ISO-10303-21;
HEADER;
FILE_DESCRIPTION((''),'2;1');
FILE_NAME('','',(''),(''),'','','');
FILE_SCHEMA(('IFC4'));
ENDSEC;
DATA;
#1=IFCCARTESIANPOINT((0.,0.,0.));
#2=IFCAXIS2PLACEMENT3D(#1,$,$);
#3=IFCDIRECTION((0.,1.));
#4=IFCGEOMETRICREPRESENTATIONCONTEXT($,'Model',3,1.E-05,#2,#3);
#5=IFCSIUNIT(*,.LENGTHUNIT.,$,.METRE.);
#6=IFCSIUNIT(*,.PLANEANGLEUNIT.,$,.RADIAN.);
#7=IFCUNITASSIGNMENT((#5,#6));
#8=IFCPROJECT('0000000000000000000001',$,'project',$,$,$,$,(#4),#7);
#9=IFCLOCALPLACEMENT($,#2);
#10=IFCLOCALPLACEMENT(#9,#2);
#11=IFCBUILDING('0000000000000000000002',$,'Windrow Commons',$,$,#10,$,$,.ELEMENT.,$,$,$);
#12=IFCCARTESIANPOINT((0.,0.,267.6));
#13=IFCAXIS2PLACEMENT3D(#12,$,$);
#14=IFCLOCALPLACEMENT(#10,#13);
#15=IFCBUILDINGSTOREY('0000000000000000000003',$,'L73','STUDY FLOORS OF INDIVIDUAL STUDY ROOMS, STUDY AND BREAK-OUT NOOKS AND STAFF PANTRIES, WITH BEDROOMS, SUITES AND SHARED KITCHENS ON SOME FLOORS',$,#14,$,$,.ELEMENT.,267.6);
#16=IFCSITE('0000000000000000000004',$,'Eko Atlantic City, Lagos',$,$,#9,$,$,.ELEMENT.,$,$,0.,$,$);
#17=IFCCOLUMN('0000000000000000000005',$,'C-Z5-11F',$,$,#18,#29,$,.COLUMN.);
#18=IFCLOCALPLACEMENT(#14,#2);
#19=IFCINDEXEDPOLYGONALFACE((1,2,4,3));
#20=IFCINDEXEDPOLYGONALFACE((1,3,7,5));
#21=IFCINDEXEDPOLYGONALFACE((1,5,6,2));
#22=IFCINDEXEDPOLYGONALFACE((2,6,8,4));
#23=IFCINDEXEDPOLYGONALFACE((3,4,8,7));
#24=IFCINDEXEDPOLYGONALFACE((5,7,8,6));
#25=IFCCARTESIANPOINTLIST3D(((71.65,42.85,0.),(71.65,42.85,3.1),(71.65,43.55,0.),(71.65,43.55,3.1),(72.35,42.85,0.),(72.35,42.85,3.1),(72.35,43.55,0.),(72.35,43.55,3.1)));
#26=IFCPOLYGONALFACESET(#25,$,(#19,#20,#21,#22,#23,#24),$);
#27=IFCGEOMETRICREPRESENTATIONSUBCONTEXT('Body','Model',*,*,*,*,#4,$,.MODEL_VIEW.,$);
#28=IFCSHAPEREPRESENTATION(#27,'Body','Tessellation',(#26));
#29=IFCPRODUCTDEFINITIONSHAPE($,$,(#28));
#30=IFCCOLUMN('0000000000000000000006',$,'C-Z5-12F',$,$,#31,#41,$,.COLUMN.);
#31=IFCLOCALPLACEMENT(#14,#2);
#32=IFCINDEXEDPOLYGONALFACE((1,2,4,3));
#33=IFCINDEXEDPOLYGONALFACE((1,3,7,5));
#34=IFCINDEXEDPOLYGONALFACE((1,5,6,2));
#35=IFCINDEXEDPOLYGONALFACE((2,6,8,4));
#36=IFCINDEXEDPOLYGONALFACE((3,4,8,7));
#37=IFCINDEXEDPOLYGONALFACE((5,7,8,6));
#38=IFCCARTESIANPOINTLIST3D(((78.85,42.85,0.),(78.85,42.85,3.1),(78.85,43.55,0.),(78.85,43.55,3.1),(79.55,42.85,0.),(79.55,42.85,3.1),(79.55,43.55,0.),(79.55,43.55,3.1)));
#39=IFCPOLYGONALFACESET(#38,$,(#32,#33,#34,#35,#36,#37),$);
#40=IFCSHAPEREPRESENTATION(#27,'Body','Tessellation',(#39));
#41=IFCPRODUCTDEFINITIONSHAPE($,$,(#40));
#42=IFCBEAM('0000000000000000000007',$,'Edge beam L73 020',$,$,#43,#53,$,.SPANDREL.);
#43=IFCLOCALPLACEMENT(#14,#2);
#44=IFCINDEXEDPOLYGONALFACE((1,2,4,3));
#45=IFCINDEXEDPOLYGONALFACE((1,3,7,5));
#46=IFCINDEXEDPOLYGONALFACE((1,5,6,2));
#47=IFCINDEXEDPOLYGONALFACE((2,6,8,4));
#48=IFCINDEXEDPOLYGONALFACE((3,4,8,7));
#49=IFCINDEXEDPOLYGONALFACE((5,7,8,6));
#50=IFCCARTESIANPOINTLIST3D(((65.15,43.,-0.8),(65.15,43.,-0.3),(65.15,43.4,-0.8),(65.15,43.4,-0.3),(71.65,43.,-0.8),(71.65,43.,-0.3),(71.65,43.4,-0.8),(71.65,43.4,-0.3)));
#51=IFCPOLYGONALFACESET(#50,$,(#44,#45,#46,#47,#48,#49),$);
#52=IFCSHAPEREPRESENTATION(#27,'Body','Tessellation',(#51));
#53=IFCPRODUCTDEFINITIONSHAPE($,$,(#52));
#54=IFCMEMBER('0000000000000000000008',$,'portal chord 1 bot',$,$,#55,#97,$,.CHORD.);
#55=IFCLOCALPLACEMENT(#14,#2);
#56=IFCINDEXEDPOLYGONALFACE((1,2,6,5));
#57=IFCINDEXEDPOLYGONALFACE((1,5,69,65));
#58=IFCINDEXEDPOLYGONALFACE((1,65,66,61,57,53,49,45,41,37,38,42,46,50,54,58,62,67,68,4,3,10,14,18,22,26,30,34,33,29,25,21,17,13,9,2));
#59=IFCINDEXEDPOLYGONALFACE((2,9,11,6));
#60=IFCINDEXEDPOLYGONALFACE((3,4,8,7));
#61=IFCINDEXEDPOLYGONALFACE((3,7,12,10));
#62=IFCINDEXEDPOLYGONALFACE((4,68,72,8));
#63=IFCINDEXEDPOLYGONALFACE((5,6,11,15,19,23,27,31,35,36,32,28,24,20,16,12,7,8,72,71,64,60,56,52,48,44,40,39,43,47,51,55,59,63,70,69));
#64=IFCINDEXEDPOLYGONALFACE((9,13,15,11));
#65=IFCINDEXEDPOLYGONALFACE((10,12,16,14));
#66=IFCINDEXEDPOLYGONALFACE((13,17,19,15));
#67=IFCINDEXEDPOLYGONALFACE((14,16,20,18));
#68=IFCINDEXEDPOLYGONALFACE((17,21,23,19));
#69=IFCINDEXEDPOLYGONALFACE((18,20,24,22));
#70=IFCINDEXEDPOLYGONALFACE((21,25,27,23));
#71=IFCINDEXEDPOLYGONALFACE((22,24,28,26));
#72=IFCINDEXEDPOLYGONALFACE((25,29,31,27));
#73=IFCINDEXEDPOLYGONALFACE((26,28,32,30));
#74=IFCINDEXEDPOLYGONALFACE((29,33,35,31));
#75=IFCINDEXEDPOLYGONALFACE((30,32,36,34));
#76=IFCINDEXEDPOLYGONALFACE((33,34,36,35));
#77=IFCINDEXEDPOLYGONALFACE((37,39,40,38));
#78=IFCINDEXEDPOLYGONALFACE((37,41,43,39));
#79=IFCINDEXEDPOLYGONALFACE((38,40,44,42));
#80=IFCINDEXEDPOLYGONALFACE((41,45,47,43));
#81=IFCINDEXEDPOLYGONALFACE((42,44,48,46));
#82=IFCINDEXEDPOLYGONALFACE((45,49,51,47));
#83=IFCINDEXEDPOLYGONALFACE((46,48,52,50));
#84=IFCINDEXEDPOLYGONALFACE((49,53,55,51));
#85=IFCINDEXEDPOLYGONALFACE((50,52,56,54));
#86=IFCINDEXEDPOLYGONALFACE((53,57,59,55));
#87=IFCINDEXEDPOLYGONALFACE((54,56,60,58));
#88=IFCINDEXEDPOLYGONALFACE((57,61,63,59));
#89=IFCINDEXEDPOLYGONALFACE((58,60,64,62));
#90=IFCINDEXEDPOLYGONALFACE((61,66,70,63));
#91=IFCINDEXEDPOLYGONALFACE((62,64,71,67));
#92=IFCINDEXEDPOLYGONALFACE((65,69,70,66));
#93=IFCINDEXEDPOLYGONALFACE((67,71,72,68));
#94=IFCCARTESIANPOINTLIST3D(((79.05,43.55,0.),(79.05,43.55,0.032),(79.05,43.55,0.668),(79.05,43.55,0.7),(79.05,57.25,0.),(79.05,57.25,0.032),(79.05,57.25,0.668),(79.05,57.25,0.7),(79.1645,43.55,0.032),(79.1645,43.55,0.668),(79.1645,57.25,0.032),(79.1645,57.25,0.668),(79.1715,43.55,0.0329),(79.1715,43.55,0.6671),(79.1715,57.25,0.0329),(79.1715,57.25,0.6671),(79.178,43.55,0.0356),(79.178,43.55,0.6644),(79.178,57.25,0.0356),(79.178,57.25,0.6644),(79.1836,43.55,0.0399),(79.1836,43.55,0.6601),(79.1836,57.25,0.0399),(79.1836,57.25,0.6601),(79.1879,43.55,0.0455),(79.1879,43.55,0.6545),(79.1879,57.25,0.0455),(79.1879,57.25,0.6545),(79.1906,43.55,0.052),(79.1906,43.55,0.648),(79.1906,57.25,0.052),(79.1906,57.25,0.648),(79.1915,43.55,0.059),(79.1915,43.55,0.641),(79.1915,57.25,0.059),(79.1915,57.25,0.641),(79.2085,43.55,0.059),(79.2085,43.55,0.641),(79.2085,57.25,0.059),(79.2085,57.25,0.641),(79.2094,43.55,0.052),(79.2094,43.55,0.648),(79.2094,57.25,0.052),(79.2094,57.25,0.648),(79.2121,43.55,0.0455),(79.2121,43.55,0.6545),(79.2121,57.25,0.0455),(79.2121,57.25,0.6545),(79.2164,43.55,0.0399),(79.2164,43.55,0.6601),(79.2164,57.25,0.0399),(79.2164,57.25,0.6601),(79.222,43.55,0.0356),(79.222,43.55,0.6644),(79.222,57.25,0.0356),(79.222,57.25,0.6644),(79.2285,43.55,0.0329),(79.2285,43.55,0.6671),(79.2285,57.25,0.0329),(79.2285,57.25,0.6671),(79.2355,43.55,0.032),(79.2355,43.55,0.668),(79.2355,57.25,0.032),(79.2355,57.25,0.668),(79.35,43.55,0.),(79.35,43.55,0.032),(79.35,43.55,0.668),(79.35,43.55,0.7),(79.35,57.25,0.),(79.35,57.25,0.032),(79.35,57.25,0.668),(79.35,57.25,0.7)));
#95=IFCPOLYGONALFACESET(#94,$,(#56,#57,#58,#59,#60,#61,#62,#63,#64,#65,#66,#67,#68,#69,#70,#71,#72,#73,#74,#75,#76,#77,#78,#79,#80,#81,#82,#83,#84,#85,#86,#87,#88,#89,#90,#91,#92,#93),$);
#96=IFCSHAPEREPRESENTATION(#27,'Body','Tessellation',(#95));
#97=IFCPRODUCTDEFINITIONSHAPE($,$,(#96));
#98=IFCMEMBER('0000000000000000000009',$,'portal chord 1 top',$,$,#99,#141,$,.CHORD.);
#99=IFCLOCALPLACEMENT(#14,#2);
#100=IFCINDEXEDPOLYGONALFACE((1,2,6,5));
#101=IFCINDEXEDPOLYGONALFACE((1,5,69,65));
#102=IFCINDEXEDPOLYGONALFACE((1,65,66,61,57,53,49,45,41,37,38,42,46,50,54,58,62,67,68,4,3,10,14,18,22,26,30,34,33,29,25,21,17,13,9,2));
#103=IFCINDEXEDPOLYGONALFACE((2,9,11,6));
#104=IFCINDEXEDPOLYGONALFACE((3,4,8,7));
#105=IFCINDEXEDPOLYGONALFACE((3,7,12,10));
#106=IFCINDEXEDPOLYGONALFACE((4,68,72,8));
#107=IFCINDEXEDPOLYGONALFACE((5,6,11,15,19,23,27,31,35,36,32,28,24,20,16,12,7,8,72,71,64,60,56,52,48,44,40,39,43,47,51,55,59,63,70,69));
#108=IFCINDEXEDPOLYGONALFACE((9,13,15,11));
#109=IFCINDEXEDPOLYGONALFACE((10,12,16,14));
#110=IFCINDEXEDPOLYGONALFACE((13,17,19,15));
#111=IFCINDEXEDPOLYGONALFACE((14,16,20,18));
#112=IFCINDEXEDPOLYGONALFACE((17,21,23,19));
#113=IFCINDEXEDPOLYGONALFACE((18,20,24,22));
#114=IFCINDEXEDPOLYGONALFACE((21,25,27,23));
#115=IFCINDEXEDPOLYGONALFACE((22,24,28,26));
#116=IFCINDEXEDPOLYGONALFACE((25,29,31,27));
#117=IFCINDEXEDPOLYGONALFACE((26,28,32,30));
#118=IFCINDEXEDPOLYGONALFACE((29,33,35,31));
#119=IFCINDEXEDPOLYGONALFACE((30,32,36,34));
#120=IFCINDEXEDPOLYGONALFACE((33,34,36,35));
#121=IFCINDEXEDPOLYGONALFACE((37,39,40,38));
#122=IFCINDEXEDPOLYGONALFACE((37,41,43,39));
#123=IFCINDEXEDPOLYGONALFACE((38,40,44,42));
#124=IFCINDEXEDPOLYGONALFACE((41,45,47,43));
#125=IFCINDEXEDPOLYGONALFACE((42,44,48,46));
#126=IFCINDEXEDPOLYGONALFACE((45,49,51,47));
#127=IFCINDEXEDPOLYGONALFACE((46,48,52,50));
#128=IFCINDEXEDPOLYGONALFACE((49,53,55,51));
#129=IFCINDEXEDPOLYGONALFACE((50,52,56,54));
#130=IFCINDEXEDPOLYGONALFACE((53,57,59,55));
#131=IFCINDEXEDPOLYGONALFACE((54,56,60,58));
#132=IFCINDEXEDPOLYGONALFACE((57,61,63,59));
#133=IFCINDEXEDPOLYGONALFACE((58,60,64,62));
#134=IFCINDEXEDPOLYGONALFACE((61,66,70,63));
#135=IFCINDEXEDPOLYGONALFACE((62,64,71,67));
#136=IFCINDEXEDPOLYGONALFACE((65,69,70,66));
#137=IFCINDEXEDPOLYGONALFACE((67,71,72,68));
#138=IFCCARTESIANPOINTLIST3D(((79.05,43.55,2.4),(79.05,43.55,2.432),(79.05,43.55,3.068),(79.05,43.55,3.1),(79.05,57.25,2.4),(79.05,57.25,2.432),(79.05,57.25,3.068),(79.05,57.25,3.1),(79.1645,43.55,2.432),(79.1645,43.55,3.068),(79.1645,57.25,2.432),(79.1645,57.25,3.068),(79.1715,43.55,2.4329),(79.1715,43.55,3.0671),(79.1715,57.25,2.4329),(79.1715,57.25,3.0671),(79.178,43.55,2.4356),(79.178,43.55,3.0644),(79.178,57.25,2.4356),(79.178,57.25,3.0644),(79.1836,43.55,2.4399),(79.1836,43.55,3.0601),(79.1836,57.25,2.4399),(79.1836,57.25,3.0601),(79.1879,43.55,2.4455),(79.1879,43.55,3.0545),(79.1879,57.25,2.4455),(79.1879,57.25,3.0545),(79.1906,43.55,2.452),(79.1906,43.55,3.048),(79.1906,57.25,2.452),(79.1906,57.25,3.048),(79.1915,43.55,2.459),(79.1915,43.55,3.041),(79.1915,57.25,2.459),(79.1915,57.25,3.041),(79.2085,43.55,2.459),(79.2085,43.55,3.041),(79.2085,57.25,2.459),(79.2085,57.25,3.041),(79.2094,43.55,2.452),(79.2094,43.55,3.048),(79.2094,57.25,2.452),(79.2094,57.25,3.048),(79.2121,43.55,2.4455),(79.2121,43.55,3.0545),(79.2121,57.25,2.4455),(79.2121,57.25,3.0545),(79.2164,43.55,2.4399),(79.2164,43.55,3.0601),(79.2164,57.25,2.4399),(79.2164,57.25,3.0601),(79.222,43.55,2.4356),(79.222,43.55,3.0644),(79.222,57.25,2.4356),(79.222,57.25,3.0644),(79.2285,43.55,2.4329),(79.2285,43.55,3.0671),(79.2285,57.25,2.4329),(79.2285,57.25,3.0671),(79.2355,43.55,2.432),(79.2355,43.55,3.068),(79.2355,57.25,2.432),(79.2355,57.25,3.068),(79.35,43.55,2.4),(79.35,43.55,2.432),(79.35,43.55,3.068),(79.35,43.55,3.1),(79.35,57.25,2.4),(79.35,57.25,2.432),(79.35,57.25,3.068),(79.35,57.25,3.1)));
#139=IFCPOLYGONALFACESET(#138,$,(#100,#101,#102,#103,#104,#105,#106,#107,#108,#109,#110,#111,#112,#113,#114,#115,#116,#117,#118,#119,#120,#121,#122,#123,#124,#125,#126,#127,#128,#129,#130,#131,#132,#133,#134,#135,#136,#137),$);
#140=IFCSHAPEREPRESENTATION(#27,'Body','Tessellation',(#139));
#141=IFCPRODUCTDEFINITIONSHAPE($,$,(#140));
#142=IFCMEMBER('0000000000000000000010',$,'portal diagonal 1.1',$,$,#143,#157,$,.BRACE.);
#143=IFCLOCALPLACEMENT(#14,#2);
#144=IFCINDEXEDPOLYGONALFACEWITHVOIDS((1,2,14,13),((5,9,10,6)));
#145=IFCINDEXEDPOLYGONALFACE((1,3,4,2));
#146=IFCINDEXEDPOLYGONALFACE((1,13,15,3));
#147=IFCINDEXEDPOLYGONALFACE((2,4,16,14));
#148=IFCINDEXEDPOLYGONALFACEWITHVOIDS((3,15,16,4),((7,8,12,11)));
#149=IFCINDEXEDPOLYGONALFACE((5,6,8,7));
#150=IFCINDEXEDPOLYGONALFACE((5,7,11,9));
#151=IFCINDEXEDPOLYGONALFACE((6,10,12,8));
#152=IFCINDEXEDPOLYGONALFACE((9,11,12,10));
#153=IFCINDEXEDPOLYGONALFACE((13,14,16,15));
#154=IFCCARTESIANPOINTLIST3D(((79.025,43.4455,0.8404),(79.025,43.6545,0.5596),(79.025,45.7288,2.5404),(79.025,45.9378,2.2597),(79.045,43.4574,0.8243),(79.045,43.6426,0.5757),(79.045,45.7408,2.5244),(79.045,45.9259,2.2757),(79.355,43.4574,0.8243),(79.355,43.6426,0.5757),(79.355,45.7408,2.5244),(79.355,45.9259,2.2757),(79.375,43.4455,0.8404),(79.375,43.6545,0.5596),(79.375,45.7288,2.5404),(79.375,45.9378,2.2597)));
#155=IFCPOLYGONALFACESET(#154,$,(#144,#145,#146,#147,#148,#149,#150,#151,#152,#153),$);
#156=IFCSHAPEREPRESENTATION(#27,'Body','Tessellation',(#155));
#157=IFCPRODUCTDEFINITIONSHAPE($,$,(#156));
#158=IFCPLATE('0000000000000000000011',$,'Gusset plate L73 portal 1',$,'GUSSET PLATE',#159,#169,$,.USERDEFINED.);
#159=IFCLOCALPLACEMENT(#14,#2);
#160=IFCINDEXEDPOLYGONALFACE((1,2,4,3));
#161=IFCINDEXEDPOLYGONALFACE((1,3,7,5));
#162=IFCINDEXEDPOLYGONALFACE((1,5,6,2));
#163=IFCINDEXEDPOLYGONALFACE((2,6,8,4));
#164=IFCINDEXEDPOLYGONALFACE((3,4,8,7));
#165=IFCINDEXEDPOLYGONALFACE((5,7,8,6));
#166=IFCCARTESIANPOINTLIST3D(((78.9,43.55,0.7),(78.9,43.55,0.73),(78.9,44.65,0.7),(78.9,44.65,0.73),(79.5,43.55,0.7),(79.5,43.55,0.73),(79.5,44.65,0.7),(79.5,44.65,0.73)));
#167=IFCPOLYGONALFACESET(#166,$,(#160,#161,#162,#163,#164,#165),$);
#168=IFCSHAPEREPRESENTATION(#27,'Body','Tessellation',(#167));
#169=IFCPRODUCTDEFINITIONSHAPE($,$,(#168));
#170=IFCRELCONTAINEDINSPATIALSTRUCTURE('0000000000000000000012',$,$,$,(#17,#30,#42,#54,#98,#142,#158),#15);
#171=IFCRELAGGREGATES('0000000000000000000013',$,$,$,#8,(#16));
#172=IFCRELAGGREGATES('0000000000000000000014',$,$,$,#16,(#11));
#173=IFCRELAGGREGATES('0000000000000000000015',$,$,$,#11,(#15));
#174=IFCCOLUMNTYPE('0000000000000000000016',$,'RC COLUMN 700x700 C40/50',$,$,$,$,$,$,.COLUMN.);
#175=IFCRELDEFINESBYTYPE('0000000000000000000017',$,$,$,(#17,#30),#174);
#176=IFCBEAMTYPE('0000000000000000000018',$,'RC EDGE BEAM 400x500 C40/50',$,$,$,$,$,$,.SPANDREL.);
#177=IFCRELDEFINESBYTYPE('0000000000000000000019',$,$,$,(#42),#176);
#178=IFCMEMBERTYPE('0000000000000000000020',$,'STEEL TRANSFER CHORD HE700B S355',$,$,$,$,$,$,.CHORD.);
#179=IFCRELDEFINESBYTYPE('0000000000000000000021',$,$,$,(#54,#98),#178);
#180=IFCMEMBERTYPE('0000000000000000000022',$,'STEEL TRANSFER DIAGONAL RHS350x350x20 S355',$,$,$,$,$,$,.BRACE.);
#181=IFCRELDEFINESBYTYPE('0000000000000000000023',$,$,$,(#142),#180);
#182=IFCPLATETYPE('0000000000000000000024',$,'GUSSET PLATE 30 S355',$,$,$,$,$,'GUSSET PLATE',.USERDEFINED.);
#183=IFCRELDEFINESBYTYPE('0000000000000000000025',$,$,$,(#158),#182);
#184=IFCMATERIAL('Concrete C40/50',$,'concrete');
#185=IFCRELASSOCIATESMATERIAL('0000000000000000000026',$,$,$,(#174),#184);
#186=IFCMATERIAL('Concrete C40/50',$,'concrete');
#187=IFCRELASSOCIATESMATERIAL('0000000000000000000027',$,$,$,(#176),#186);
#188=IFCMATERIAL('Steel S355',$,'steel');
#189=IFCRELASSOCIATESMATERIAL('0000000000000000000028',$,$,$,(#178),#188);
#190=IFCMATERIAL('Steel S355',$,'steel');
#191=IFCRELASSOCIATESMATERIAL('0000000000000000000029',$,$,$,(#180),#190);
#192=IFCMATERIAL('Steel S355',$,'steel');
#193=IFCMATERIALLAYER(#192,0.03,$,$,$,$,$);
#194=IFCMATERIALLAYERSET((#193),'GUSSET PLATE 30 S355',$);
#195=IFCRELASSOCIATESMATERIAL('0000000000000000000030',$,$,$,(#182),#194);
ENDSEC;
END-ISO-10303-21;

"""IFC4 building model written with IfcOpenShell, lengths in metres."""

from ifc_helpers import new_model, si_unit, direction, frame, origin, origin_2d, place, context, subcontext, project, spatial, rectangle, hollow_rectangle, i_section, extrude, material, layer, layer_set, material_profile, profile_set, type_object, element, save


model = new_model("IFC4")

# Units and contexts
model_context = context("Model", 3, precision=1e-05, world=origin(), true_north=direction((0.0, 1.0)))
body_context = subcontext(model_context, "Body", "Model", "MODEL_VIEW")
ifc_project = project(units=[si_unit("LENGTHUNIT", "METRE"), si_unit("PLANEANGLEUNIT", "RADIAN")], contexts=[model_context])

# Site, building, storey
site_placement = place(None, origin())
site = spatial("IfcSite", under=ifc_project, at=site_placement, Name="Eko Atlantic City, Lagos", CompositionType="ELEMENT", RefElevation=0.0)
building_placement = place(site_placement, origin())
building = spatial("IfcBuilding", under=site, at=building_placement, Name="Windrow Commons", CompositionType="ELEMENT")
storey_placement = place(building_placement, frame((0.0, 0.0, 267.6)))
storey = spatial("IfcBuildingStorey", under=building, at=storey_placement, Name="L73", Description="STUDY FLOORS OF INDIVIDUAL STUDY ROOMS, STUDY AND BREAK-OUT NOOKS AND STAFF PANTRIES, WITH BEDROOMS, SUITES AND SHARED KITCHENS ON SOME FLOORS", CompositionType="ELEMENT", Elevation=267.6)

# Columns
ifc_material_1 = material(Name="Concrete C40/50", Category="concrete")
ifc_material_profile_1 = material_profile(ifc_material_1, rectangle(XDim=0.7, YDim=0.7, at=origin_2d()))
ifc_profile_set_1 = profile_set([ifc_material_profile_1], Name="Concrete C40/50")
column_type = type_object("IfcColumnType", Name="RC COLUMN 700x700 C40/50", PredefinedType="COLUMN", material=ifc_profile_set_1)
for number, where, z_axis, x_axis, name in (
    (1, (72.0, 43.2, 0.0), (0.0, 0.0, 1.0), (1.0, 0.0, 0.0), "C-Z5-11F"),
    (2, (79.2, 43.2, 0.0), (0.0, 0.0, 1.0), (1.0, 0.0, 0.0), "C-Z5-12F"),
):
    element("IfcColumn", number, at=place(storey_placement, frame(where, z_axis=z_axis, x_axis=x_axis)), inside=storey, type_object=column_type, Name=name, PredefinedType="COLUMN", context=body_context, shape_type="SweptSolid", body=[
        extrude(rectangle(XDim=0.7, YDim=0.7, at=origin_2d()), origin(), (0.0, 0.0, 1.0), 3.1),
    ])

# Beam
ifc_material_2 = material(Name="Concrete C40/50", Category="concrete")
ifc_material_profile_2 = material_profile(ifc_material_2, rectangle(XDim=0.4, YDim=0.5, at=origin_2d()))
ifc_profile_set_2 = profile_set([ifc_material_profile_2], Name="Concrete C40/50")
beam_type = type_object("IfcBeamType", Name="RC EDGE BEAM 400x500 C40/50", PredefinedType="SPANDREL", material=ifc_profile_set_2)
beam_placement = place(storey_placement, frame((71.65, 43.2, -0.55), z_axis=(-1.0, 0.0, 0.0), x_axis=(0.0, -1.0, 0.0)))
element("IfcBeam", 3, at=beam_placement, inside=storey, type_object=beam_type, Name="Edge beam L73 020", PredefinedType="SPANDREL", context=body_context, shape_type="SweptSolid", body=[
    extrude(rectangle(XDim=0.4, YDim=0.5, at=origin_2d()), origin(), (0.0, 0.0, 1.0), 6.5),
])

# Members
ifc_material_3 = material(Name="Steel S355", Category="steel")
ifc_material_profile_3 = material_profile(ifc_material_3, i_section(OverallWidth=0.3, OverallDepth=0.7, WebThickness=0.017, FlangeThickness=0.032, FilletRadius=0.027, at=origin_2d()))
ifc_profile_set_3 = profile_set([ifc_material_profile_3], Name="Steel S355")
member_type_1 = type_object("IfcMemberType", Name="STEEL TRANSFER CHORD HE700B S355", PredefinedType="CHORD", material=ifc_profile_set_3)
for number, where, z_axis, x_axis, name in (
    (4, (79.2, 43.55, 0.35), (0.0, 1.0, 0.0), (-1.0, 0.0, 0.0), "portal chord 1 bot"),
    (5, (79.2, 43.55, 2.75), (0.0, 1.0, 0.0), (-1.0, 0.0, 0.0), "portal chord 1 top"),
):
    element("IfcMember", number, at=place(storey_placement, frame(where, z_axis=z_axis, x_axis=x_axis)), inside=storey, type_object=member_type_1, Name=name, PredefinedType="CHORD", context=body_context, shape_type="SweptSolid", body=[
        extrude(i_section(OverallWidth=0.3, OverallDepth=0.7, WebThickness=0.017, FlangeThickness=0.032, FilletRadius=0.027, at=origin_2d()), origin(), (0.0, 0.0, 1.0), 13.7),
    ])
ifc_material_4 = material(Name="Steel S355", Category="steel")
ifc_material_profile_4 = material_profile(ifc_material_4, hollow_rectangle(XDim=0.35, YDim=0.35, WallThickness=0.02, at=origin_2d()))
ifc_profile_set_4 = profile_set([ifc_material_profile_4], Name="Steel S355")
member_type_2 = type_object("IfcMemberType", Name="STEEL TRANSFER DIAGONAL RHS350x350x20 S355", PredefinedType="BRACE", material=ifc_profile_set_4)
member_placement = place(storey_placement, frame((79.2, 43.55, 0.7), z_axis=(0.0, 0.802099, 0.597192), x_axis=(-1.0, 0.0, 0.0)))
element("IfcMember", 6, at=member_placement, inside=storey, type_object=member_type_2, Name="portal diagonal 1.1", PredefinedType="BRACE", context=body_context, shape_type="SweptSolid", body=[
    extrude(hollow_rectangle(XDim=0.35, YDim=0.35, WallThickness=0.02, at=origin_2d()), origin(), (0.0, 0.0, 1.0), 2.8467),
])

# Plate
ifc_material_5 = material(Name="Steel S355", Category="steel")
ifc_layer_1 = layer(ifc_material_5, 0.03)
ifc_layer_set_1 = layer_set([ifc_layer_1], Name="GUSSET PLATE 30 S355")
plate_type = type_object("IfcPlateType", Name="GUSSET PLATE 30 S355", ElementType="GUSSET PLATE", PredefinedType="USERDEFINED", material=ifc_layer_set_1)
plate_placement = place(storey_placement, frame((79.2, 44.1, 0.7), z_axis=(0.0, 0.0, 1.0), x_axis=(0.0, 1.0, 0.0)))
element("IfcPlate", 7, at=plate_placement, inside=storey, type_object=plate_type, Name="Gusset plate L73 portal 1", ObjectType="GUSSET PLATE", PredefinedType="USERDEFINED", context=body_context, shape_type="SweptSolid", body=[
    extrude(rectangle(XDim=1.1, YDim=0.6, at=origin_2d()), origin(), (0.0, 0.0, 1.0), 0.03),
])

save(model, "model.ifc")
